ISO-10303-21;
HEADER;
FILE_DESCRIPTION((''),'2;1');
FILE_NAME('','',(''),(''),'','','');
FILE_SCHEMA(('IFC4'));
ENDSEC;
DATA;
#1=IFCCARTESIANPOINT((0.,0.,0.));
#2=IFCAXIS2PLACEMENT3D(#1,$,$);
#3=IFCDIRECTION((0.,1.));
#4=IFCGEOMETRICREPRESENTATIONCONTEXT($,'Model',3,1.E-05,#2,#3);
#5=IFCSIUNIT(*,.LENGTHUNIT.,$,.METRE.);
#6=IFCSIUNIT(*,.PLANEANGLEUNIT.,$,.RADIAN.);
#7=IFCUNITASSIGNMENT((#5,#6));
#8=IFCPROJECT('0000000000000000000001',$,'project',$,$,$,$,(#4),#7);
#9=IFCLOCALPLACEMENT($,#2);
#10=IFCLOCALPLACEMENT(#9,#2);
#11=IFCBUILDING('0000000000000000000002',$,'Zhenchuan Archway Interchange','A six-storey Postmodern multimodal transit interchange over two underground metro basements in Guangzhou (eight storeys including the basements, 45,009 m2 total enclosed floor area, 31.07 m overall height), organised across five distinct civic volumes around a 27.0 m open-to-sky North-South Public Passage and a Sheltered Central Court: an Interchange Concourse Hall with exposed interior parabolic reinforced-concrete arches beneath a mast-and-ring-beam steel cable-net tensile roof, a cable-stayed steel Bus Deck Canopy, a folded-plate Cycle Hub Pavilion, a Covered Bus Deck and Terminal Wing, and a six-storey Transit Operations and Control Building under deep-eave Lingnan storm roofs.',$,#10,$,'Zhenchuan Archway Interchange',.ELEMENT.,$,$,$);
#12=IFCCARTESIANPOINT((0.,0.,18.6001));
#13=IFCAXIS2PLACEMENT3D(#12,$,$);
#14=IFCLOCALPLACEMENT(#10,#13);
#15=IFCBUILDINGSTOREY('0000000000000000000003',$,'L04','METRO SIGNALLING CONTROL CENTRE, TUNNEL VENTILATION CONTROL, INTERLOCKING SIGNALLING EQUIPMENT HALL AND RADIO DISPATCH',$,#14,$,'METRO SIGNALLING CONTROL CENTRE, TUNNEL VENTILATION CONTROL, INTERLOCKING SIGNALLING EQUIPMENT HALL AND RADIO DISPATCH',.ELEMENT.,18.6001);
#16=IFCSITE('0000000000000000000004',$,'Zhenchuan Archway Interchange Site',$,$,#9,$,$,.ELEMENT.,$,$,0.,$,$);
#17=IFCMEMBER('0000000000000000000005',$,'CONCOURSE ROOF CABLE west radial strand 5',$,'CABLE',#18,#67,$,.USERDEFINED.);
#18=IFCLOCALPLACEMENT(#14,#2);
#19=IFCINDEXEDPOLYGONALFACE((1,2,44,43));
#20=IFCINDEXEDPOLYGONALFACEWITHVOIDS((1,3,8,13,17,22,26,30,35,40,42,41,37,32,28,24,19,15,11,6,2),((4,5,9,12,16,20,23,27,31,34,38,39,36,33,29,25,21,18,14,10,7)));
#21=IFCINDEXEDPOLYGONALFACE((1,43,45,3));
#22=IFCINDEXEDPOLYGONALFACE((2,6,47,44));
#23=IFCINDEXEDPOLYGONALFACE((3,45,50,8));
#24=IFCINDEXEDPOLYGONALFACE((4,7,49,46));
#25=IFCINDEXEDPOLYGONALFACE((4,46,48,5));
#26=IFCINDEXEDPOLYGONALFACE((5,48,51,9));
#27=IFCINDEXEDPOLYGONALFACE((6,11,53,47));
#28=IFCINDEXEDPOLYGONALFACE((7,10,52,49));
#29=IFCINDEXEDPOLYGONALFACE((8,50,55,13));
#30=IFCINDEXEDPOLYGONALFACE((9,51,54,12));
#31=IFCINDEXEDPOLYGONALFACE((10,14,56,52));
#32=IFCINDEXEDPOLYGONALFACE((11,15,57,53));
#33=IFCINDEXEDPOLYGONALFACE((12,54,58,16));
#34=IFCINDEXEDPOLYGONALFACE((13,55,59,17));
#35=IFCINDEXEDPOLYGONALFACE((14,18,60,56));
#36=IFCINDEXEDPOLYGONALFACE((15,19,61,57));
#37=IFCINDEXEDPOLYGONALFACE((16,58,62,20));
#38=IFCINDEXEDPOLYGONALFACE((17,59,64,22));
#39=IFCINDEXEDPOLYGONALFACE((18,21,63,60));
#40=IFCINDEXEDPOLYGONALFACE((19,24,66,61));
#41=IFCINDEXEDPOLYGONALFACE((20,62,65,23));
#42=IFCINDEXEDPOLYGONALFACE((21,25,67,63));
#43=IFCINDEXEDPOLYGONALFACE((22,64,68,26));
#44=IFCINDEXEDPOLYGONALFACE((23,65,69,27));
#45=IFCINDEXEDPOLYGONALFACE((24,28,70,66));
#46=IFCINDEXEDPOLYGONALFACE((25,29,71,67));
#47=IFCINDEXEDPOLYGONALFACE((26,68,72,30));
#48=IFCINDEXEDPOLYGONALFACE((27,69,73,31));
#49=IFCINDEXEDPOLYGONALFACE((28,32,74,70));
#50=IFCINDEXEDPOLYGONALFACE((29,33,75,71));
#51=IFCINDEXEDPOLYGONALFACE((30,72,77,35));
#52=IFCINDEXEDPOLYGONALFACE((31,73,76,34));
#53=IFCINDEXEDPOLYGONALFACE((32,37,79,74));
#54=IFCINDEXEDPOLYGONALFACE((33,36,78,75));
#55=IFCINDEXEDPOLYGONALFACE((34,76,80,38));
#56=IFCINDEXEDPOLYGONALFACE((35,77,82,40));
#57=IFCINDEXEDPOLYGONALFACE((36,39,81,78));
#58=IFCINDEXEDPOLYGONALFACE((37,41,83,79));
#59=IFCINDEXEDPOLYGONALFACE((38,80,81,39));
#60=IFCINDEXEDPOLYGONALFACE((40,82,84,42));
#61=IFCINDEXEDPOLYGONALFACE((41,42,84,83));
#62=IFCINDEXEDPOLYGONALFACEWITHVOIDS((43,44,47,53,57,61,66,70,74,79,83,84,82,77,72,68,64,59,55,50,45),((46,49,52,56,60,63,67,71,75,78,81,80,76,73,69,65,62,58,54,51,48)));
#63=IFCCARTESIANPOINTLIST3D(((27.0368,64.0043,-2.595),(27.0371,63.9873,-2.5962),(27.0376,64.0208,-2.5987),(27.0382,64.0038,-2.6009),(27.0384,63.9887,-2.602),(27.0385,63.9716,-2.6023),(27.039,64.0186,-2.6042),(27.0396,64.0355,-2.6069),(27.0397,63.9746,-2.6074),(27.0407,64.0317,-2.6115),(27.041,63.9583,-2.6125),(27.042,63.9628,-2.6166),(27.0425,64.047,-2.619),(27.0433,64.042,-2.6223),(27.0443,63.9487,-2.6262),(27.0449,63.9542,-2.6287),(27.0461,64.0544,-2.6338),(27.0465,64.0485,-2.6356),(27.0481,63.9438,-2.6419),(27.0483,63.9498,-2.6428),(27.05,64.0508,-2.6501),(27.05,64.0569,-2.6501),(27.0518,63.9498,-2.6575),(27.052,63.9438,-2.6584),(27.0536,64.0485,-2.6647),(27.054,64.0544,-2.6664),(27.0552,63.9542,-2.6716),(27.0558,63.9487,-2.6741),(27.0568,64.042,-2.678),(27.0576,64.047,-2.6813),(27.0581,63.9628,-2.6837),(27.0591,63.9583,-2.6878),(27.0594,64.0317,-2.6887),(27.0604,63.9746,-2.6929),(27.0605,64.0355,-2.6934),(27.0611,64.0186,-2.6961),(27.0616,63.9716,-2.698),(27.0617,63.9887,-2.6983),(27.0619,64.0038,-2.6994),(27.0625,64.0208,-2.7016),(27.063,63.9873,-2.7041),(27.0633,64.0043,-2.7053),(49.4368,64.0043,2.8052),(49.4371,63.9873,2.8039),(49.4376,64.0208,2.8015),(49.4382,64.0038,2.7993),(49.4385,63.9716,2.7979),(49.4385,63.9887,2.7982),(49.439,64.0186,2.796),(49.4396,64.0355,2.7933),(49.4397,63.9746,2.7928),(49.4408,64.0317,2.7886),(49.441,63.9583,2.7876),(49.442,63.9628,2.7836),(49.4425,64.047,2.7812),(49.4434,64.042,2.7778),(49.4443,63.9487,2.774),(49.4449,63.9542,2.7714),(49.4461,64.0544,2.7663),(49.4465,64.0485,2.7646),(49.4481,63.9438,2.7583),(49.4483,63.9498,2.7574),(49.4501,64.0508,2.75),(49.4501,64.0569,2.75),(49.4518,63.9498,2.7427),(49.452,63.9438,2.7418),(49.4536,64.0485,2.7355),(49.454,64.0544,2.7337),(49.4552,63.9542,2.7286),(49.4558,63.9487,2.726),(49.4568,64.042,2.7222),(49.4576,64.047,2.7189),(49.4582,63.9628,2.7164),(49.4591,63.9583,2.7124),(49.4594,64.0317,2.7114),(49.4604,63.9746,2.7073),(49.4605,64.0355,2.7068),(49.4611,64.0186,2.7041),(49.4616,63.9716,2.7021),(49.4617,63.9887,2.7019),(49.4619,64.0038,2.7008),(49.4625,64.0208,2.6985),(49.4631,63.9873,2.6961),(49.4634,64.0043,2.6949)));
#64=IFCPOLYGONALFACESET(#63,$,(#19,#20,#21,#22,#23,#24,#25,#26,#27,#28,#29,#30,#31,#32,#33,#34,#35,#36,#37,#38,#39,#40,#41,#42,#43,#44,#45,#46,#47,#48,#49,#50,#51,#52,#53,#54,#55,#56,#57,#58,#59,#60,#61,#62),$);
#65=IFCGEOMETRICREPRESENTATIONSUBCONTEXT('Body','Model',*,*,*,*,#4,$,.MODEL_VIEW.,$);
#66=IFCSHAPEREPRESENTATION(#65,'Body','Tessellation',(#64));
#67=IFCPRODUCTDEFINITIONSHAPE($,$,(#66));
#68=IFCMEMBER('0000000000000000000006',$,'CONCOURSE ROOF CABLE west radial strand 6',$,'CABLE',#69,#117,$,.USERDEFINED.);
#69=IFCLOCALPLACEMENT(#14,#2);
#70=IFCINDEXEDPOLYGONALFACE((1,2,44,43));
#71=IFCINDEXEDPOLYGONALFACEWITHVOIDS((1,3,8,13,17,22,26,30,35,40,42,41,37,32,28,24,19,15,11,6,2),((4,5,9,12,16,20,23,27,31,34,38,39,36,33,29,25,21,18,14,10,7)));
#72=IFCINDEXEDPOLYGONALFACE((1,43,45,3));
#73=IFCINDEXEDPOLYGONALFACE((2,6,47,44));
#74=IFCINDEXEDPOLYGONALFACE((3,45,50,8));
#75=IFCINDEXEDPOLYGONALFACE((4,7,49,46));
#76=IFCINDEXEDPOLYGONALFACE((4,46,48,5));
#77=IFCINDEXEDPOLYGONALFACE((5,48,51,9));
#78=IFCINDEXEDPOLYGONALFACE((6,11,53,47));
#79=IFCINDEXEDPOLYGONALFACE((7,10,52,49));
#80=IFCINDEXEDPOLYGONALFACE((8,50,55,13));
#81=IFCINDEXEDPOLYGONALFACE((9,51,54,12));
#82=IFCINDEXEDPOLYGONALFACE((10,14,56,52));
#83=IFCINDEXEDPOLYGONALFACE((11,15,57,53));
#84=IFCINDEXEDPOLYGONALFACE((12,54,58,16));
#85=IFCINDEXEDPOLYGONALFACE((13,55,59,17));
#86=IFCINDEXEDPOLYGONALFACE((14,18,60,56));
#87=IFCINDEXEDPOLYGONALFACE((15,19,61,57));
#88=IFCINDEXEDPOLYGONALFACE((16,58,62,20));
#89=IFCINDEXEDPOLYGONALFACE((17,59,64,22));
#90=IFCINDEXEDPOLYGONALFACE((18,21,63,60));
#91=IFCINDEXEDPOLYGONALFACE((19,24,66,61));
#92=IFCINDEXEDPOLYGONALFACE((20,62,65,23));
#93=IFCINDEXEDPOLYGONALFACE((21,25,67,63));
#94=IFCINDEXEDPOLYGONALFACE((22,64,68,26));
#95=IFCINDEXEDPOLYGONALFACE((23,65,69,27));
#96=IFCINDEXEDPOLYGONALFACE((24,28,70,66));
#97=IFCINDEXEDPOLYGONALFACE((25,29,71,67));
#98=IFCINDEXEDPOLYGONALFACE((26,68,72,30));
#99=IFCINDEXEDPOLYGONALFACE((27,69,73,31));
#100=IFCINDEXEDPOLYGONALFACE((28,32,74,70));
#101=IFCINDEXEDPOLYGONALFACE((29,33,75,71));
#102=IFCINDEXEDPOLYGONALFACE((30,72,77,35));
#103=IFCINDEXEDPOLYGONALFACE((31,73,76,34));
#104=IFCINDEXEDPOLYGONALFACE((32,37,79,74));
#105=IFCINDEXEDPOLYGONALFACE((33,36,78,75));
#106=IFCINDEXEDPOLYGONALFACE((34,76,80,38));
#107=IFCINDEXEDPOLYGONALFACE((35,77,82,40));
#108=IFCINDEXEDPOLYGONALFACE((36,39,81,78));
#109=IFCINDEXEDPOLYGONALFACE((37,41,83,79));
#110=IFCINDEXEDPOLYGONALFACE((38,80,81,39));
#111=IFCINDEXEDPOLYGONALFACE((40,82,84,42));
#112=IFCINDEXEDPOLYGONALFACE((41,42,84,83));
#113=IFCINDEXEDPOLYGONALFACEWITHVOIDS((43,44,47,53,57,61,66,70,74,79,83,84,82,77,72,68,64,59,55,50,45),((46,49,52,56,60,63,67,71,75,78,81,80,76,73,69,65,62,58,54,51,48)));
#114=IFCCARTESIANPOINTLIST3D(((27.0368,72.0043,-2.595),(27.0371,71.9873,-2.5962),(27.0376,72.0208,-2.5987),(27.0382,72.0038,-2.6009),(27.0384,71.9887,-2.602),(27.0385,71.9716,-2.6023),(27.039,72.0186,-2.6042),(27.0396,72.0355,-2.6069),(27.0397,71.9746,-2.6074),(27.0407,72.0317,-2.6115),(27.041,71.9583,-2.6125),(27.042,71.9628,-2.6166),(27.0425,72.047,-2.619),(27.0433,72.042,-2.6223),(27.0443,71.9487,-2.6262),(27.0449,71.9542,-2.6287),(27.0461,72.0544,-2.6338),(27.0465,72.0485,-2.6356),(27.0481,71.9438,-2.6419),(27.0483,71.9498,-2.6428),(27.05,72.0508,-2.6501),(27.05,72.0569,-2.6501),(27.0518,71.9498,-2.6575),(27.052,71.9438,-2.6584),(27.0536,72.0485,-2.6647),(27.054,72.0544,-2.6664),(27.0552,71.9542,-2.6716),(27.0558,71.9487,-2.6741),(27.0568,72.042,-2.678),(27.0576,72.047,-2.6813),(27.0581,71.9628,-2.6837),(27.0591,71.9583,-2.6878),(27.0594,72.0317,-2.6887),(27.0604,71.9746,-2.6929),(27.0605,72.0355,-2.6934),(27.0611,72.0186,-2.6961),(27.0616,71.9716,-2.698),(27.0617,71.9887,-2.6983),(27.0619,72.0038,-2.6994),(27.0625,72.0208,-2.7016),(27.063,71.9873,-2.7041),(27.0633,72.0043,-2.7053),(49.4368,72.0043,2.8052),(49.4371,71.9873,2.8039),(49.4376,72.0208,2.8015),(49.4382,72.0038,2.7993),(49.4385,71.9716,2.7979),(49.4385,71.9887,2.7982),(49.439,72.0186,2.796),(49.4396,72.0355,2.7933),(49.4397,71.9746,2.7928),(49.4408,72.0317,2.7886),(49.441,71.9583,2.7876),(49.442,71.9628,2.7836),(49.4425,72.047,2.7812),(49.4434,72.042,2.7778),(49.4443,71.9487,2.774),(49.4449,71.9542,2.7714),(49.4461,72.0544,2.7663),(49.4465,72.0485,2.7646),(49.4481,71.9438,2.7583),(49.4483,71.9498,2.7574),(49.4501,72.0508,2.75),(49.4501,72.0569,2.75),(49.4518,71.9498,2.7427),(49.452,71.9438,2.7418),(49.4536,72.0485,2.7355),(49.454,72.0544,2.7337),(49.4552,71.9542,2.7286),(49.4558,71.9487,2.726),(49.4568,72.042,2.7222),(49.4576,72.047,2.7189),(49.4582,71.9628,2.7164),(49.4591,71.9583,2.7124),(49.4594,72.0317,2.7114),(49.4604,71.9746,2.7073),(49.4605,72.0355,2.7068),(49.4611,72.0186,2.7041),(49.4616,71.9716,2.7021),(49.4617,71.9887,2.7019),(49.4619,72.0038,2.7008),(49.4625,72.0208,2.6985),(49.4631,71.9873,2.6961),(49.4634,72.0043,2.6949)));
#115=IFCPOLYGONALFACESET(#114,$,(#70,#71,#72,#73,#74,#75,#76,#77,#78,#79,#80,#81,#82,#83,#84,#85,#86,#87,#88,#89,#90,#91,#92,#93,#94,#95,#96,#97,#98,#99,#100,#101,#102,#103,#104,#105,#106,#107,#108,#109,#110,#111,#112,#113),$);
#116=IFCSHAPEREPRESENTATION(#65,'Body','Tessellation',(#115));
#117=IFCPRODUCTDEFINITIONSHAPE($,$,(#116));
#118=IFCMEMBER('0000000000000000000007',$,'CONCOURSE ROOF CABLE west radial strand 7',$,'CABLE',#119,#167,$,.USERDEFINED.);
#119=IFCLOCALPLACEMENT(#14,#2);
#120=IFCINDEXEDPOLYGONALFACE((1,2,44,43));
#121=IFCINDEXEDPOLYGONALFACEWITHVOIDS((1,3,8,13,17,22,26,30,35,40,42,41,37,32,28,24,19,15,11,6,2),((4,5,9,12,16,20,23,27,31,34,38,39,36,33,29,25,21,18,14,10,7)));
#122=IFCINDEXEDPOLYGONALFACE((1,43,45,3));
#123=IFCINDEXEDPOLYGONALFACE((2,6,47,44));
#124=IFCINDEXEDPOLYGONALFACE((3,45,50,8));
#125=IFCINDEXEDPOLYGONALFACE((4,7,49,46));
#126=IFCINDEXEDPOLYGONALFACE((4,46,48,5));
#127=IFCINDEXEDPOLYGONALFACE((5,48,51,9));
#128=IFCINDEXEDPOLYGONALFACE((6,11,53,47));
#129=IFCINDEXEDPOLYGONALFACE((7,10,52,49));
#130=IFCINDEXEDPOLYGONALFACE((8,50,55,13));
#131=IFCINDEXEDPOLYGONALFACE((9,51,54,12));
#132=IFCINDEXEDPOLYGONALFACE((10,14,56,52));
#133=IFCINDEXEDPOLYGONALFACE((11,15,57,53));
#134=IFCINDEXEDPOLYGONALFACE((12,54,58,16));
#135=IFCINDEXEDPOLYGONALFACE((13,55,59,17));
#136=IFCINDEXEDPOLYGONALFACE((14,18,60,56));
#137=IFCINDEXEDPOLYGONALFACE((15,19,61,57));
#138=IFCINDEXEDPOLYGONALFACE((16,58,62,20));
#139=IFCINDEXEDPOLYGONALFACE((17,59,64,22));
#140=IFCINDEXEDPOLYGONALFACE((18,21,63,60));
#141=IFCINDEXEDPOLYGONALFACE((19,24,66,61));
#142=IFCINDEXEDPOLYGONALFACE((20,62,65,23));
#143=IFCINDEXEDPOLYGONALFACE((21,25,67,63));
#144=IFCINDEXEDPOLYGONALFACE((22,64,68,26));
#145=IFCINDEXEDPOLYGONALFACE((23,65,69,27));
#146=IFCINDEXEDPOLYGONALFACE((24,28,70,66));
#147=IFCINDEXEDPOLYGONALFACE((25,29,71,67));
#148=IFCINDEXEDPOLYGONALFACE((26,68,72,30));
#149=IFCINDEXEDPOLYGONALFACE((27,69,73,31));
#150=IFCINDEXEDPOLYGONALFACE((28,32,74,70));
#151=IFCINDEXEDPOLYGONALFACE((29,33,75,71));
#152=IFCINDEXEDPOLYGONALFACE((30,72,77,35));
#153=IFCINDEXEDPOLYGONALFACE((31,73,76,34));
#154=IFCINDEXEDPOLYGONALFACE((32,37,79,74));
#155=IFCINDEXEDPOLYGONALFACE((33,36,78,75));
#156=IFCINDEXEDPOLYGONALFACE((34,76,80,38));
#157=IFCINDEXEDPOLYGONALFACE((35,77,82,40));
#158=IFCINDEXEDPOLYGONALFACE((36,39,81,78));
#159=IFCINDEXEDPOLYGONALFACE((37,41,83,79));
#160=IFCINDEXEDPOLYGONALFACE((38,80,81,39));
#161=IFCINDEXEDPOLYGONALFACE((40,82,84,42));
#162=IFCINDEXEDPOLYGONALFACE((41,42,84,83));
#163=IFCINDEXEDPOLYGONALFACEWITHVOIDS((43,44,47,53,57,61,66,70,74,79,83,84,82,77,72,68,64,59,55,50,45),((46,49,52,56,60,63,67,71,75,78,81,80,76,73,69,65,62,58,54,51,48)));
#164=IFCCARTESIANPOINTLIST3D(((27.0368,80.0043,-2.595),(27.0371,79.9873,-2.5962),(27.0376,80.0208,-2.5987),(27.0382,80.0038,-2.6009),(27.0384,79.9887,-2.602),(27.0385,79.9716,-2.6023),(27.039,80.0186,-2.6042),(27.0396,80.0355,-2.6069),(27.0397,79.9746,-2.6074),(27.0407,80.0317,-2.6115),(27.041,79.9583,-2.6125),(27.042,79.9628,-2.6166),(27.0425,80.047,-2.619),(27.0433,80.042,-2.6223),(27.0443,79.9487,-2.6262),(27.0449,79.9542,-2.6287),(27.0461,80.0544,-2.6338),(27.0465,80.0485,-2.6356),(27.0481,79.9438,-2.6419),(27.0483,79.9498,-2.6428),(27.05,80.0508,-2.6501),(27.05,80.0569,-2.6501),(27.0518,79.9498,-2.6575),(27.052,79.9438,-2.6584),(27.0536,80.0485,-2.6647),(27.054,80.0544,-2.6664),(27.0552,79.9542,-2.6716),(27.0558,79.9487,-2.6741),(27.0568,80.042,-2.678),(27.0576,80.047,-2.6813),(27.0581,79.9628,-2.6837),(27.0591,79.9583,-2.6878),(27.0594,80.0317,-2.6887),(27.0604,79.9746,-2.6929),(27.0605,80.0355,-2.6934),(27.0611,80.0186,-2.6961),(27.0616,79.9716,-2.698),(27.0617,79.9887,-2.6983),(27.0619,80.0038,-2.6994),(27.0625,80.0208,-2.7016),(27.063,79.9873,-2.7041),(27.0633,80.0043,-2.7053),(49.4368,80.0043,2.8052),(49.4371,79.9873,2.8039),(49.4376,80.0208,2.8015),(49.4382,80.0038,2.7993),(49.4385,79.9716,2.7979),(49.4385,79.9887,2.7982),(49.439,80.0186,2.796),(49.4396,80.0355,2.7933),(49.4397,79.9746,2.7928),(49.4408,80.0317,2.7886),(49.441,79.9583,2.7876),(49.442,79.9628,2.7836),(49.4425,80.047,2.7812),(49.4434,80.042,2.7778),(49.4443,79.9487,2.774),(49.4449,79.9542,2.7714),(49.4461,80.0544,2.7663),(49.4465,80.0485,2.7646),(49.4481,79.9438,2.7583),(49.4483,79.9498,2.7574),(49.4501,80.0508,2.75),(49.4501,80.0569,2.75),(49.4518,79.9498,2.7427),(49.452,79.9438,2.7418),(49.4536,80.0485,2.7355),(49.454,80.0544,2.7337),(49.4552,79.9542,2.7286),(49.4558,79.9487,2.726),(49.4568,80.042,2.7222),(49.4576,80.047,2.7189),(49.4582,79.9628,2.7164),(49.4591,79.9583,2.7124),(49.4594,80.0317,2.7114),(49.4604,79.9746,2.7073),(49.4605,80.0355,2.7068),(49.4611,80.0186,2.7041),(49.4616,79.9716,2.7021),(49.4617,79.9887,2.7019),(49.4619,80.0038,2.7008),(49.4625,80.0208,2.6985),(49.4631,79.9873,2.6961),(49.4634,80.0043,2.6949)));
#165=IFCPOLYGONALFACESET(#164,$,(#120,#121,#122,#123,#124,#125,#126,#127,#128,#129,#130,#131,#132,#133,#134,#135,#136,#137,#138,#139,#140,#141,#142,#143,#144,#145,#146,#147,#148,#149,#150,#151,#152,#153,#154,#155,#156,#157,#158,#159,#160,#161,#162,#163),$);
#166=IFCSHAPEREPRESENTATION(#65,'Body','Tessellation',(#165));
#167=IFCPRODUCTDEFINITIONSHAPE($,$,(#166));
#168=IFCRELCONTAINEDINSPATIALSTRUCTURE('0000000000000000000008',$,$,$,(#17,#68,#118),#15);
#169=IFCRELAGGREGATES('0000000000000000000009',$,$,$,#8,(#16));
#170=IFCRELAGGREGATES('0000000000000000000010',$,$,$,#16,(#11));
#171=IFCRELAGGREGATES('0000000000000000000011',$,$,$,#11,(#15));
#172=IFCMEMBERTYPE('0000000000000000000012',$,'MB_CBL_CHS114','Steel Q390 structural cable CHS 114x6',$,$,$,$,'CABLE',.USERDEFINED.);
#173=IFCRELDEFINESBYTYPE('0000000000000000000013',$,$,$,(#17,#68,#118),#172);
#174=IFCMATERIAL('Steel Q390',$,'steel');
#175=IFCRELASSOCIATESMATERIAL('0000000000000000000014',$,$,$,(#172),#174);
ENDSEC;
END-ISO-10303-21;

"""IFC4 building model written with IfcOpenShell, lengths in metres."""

from ifc_helpers import new_model, si_unit, direction, frame, origin, origin_2d, place, context, subcontext, project, spatial, hollow_circle, extrude, material, material_profile, profile_set, type_object, element, save


model = new_model("IFC4")

# Units and contexts
model_context = context("Model", 3, precision=1e-05, world=origin(), true_north=direction((0.0, 1.0)))
body_context = subcontext(model_context, "Body", "Model", "MODEL_VIEW")
ifc_project = project(units=[si_unit("LENGTHUNIT", "METRE"), si_unit("PLANEANGLEUNIT", "RADIAN")], contexts=[model_context])

# Site, building, storey
site_placement = place(None, origin())
site = spatial("IfcSite", under=ifc_project, at=site_placement, Name="Zhenchuan Archway Interchange Site", CompositionType="ELEMENT", RefElevation=0.0)
building_placement = place(site_placement, origin())
building = spatial("IfcBuilding", under=site, at=building_placement, Name="Zhenchuan Archway Interchange", Description="A six-storey Postmodern multimodal transit interchange over two underground metro basements in Guangzhou (eight storeys including the basements, 45,009 m2 total enclosed floor area, 31.07 m overall height), organised across five distinct civic volumes around a 27.0 m open-to-sky North-South Public Passage and a Sheltered Central Court: an Interchange Concourse Hall with exposed interior parabolic reinforced-concrete arches beneath a mast-and-ring-beam steel cable-net tensile roof, a cable-stayed steel Bus Deck Canopy, a folded-plate Cycle Hub Pavilion, a Covered Bus Deck and Terminal Wing, and a six-storey Transit Operations and Control Building under deep-eave Lingnan storm roofs.", LongName="Zhenchuan Archway Interchange", CompositionType="ELEMENT")
storey_placement = place(building_placement, frame((0.0, 0.0, 18.6001)))
storey = spatial("IfcBuildingStorey", under=building, at=storey_placement, Name="L04", Description="METRO SIGNALLING CONTROL CENTRE, TUNNEL VENTILATION CONTROL, INTERLOCKING SIGNALLING EQUIPMENT HALL AND RADIO DISPATCH", LongName="METRO SIGNALLING CONTROL CENTRE, TUNNEL VENTILATION CONTROL, INTERLOCKING SIGNALLING EQUIPMENT HALL AND RADIO DISPATCH", CompositionType="ELEMENT", Elevation=18.6001)

# Shared definitions
ifc_material_1 = material(Name="Steel Q390", Category="steel")

# Members
ifc_material_profile_1 = material_profile(ifc_material_1, hollow_circle(Radius=0.0569, WallThickness=0.0061, at=origin_2d()), Name="CHS 114x6")
ifc_profile_set_1 = profile_set([ifc_material_profile_1], Name="Steel Q390")
member_type_1 = type_object("IfcMemberType", Name="MB_CBL_CHS114", Description="Steel Q390 structural cable CHS 114x6", ElementType="CABLE", PredefinedType="USERDEFINED", material=ifc_profile_set_1)
for number, where, z_axis, x_axis, name in (
    (1, (27.05, 64.0, -2.6501), (0.972149, 0.0, 0.234365), (0.0, 1.0, 0.0), "CONCOURSE ROOF CABLE west radial strand 5"),
    (2, (27.05, 72.0, -2.6501), (0.972149, 0.0, 0.234365), (0.0, 1.0, 0.0), "CONCOURSE ROOF CABLE west radial strand 6"),
    (3, (27.05, 80.0, -2.6501), (0.972149, 0.0, 0.234365), (0.0, 1.0, 0.0), "CONCOURSE ROOF CABLE west radial strand 7"),
):
    element("IfcMember", number, at=place(storey_placement, frame(where, z_axis=z_axis, x_axis=x_axis)), inside=storey, type_object=member_type_1, Name=name, ObjectType="CABLE", PredefinedType="USERDEFINED", context=body_context, shape_type="SweptSolid", body=[
        extrude(hollow_circle(Radius=0.0569, WallThickness=0.0061, at=origin_2d()), origin(), (0.0, 0.0, 1.0), 23.0417),
    ])

save(model, "model.ifc")
